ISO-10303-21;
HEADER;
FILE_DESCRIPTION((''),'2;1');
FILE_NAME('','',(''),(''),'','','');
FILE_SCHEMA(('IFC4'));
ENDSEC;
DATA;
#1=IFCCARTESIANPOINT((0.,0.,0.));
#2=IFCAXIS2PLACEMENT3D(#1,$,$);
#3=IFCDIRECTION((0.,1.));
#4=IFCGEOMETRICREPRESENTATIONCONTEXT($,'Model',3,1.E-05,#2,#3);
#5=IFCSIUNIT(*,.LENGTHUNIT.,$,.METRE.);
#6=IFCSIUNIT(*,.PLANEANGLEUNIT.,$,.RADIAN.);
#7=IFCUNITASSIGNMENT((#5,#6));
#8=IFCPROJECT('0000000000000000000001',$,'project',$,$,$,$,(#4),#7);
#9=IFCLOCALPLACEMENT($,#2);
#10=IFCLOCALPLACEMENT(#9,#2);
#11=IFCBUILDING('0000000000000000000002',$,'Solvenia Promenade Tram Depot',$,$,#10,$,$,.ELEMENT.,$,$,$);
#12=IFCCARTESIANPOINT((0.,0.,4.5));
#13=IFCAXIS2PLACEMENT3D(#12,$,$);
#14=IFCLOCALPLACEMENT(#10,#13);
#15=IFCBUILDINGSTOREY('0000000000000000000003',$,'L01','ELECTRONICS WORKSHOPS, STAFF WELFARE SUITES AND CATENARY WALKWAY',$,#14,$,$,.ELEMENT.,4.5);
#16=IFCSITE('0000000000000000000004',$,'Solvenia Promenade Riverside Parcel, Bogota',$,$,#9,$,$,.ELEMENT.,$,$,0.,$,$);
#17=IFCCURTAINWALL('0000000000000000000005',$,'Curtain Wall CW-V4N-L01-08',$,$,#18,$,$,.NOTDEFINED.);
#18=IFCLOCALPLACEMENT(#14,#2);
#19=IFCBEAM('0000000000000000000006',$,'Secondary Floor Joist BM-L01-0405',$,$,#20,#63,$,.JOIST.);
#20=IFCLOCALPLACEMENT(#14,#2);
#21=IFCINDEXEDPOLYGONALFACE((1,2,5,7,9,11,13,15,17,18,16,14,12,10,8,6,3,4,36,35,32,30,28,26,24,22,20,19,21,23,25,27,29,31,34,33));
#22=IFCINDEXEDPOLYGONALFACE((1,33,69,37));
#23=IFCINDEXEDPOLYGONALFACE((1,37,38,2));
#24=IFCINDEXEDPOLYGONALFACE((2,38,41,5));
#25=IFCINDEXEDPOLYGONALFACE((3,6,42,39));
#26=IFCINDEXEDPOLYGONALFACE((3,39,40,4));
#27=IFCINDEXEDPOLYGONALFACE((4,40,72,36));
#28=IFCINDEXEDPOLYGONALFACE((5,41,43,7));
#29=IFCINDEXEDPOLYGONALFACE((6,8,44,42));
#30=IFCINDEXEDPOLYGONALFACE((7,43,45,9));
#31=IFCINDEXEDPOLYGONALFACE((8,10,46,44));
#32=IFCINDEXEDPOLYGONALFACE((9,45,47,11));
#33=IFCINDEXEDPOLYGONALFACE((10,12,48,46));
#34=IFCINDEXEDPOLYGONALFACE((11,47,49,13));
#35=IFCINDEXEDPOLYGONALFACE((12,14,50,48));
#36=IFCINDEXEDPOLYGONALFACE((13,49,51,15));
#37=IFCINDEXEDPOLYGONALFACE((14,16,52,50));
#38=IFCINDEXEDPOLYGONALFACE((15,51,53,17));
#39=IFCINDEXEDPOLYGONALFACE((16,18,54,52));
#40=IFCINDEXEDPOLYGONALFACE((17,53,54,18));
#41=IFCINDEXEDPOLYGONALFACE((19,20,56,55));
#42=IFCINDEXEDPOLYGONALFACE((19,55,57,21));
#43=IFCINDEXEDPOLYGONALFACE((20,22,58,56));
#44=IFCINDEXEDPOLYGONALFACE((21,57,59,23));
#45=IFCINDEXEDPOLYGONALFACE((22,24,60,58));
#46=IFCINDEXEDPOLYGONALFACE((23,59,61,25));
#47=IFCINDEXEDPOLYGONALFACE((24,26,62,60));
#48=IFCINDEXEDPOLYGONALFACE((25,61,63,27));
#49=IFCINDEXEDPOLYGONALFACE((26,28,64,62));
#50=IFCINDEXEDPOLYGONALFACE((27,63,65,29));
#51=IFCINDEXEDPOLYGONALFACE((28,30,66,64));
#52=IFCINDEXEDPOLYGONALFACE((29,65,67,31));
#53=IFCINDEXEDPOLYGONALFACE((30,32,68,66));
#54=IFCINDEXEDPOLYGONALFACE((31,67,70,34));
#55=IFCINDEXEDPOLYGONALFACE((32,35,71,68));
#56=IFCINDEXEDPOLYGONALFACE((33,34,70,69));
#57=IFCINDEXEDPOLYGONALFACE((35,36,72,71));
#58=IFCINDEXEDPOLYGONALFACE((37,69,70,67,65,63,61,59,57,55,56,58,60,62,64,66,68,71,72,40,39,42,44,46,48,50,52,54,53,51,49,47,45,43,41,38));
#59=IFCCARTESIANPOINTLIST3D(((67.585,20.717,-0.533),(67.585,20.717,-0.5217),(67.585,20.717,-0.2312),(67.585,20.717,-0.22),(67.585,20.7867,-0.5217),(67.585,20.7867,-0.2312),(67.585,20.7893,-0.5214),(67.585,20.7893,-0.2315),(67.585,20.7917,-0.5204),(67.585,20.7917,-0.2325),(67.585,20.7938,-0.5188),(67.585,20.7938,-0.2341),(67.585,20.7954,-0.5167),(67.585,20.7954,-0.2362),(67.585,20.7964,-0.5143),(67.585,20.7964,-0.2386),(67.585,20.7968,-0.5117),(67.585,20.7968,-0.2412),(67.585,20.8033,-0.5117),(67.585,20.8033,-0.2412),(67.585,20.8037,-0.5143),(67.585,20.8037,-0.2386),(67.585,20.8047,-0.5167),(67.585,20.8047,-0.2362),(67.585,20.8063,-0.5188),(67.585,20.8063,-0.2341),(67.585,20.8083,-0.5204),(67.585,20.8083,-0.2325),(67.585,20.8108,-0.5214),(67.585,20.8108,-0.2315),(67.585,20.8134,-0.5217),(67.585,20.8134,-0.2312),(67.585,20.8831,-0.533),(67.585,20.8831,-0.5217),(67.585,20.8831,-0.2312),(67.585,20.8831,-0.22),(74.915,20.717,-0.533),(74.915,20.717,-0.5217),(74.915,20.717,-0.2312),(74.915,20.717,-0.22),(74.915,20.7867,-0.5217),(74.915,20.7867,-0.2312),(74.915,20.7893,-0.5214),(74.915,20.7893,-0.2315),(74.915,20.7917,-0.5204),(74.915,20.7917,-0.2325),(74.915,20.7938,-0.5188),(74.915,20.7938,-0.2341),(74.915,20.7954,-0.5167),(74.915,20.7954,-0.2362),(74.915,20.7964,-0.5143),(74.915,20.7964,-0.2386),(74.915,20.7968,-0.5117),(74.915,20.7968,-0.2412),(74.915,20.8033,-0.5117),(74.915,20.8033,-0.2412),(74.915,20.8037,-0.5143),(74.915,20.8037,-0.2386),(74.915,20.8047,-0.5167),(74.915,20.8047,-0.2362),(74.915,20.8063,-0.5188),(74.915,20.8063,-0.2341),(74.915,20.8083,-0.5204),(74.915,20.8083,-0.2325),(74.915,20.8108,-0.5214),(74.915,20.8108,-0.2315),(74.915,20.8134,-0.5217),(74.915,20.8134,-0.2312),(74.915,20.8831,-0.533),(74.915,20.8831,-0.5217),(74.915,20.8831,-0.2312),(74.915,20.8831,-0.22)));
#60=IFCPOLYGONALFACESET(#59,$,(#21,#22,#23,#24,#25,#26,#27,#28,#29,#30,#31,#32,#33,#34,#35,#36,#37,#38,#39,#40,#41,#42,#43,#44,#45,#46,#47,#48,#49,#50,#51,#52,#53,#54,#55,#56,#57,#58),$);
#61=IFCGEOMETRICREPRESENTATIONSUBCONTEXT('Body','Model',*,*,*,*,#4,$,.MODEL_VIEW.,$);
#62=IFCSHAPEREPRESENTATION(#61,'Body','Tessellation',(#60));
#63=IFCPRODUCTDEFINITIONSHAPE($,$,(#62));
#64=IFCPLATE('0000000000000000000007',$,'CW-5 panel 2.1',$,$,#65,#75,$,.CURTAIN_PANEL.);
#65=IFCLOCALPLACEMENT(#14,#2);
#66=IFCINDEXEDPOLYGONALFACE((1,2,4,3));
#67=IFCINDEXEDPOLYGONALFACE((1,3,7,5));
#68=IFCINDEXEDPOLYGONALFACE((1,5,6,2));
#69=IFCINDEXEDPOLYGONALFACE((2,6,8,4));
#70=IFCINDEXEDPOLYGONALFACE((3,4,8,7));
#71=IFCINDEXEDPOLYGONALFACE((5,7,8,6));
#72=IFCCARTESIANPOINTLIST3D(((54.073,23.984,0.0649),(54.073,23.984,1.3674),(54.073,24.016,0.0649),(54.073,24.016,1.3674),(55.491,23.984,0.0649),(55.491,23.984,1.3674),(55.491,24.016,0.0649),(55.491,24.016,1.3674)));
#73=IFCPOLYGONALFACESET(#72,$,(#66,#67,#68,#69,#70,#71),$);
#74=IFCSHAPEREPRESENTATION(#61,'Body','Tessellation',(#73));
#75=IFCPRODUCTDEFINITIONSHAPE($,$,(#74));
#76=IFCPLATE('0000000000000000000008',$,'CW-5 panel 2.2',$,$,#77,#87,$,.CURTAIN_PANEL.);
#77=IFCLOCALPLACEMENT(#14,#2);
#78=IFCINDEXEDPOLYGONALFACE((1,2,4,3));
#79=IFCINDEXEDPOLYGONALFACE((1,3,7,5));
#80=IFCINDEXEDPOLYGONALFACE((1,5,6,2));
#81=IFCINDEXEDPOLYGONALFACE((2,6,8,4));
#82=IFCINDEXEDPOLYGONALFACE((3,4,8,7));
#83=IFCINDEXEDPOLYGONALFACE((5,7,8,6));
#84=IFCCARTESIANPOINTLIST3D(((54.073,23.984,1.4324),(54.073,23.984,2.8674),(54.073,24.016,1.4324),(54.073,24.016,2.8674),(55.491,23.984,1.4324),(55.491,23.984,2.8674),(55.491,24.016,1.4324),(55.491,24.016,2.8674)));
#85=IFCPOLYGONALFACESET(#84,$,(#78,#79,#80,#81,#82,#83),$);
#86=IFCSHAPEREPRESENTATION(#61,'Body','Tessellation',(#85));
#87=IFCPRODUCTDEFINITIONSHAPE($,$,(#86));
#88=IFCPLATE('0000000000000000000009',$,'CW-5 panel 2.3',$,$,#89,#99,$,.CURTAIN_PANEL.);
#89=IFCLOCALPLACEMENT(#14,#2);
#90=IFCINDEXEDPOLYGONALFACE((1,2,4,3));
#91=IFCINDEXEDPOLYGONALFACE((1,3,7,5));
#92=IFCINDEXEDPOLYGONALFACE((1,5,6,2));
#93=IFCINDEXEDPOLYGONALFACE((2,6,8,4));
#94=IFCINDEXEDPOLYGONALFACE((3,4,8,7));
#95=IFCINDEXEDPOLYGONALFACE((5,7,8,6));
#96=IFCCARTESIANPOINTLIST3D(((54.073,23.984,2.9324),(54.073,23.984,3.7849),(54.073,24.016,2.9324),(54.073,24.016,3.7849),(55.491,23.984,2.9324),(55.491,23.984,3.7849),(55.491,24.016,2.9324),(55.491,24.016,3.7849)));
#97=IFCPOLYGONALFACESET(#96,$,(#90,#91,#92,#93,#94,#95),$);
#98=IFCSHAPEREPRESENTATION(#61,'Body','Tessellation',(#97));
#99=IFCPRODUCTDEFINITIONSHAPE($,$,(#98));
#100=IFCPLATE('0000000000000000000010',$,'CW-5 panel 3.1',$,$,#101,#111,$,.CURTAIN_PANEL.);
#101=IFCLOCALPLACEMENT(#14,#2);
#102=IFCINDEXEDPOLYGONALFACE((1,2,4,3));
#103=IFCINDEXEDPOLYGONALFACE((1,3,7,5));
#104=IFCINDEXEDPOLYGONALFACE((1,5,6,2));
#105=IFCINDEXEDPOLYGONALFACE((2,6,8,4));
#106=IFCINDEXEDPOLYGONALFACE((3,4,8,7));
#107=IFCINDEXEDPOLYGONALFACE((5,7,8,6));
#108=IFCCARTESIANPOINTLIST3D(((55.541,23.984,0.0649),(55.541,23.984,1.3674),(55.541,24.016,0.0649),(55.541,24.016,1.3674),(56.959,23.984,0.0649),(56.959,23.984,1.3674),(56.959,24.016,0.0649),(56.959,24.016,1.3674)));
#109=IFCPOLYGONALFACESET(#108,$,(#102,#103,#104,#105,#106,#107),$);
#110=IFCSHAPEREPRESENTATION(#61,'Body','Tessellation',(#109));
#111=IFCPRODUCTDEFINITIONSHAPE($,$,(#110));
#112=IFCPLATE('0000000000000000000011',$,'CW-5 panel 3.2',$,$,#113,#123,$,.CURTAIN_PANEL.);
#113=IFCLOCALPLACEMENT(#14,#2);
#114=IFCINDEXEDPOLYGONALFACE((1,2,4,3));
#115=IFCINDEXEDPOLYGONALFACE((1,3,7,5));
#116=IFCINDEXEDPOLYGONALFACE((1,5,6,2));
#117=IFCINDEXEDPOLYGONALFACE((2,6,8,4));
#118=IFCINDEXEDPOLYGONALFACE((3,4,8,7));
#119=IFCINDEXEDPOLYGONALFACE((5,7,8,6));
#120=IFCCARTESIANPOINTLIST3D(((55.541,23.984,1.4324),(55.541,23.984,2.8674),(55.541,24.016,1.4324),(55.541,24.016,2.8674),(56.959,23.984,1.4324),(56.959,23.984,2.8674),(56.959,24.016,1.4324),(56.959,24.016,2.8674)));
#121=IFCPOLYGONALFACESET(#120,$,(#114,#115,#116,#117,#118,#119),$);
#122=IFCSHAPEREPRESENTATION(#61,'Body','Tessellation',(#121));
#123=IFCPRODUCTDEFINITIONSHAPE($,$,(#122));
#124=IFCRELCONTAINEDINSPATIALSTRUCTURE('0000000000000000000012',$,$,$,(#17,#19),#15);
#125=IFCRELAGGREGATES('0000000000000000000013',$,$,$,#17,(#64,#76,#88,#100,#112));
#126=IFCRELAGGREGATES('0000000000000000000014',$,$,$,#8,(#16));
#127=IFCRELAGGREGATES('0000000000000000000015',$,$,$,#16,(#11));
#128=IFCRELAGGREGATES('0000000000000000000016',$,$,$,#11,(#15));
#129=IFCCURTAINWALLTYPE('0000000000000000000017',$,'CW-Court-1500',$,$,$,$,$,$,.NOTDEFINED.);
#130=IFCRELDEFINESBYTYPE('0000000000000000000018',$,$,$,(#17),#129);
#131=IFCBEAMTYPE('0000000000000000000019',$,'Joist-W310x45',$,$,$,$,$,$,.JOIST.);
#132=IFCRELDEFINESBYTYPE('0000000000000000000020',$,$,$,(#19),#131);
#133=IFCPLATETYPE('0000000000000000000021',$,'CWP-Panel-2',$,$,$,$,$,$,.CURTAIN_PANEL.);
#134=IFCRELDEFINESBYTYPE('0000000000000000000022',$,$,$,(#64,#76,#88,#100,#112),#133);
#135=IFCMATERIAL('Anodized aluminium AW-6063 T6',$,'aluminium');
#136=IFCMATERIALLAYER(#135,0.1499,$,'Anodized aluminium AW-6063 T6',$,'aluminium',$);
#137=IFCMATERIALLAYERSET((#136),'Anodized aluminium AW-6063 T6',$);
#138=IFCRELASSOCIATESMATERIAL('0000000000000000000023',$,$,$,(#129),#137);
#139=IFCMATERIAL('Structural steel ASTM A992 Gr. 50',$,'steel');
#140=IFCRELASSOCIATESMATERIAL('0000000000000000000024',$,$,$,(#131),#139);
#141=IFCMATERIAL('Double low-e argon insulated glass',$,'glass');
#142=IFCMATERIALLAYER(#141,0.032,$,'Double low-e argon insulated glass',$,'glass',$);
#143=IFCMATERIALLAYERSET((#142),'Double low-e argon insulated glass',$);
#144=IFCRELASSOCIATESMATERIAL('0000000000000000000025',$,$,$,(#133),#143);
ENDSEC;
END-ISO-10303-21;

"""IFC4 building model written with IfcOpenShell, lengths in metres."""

from ifc_helpers import new_model, si_unit, direction, frame, origin, origin_2d, place, context, subcontext, project, spatial, rectangle, i_section, extrude, material, layer, layer_set, material_profile, profile_set, type_object, element, aggregate, save


model = new_model("IFC4")

# Units and contexts
model_context = context("Model", 3, precision=1e-05, world=origin(), true_north=direction((0.0, 1.0)))
body_context = subcontext(model_context, "Body", "Model", "MODEL_VIEW")
ifc_project = project(units=[si_unit("LENGTHUNIT", "METRE"), si_unit("PLANEANGLEUNIT", "RADIAN")], contexts=[model_context])

# Site, building, storey
site_placement = place(None, origin())
site = spatial("IfcSite", under=ifc_project, at=site_placement, Name="Solvenia Promenade Riverside Parcel, Bogota", CompositionType="ELEMENT", RefElevation=0.0)
building_placement = place(site_placement, origin())
building = spatial("IfcBuilding", under=site, at=building_placement, Name="Solvenia Promenade Tram Depot", CompositionType="ELEMENT")
storey_placement = place(building_placement, frame((0.0, 0.0, 4.5)))
storey = spatial("IfcBuildingStorey", under=building, at=storey_placement, Name="L01", Description="ELECTRONICS WORKSHOPS, STAFF WELFARE SUITES AND CATENARY WALKWAY", CompositionType="ELEMENT", Elevation=4.5)

# Shared definitions
ifc_material_1 = material(Name="Structural steel ASTM A992 Gr. 50", Category="steel")

# Curtain wall
ifc_material_2 = material(Name="Anodized aluminium AW-6063 T6", Category="aluminium")
ifc_layer_1 = layer(ifc_material_2, 0.1499, Name="Anodized aluminium AW-6063 T6", Category="aluminium")
ifc_layer_set_1 = layer_set([ifc_layer_1], Name="Anodized aluminium AW-6063 T6")
curtain_wall_type = type_object("IfcCurtainWallType", Name="CW-Court-1500", PredefinedType="NOTDEFINED", material=ifc_layer_set_1)
curtain_wall_placement = place(storey_placement, origin())
curtain_wall = element("IfcCurtainWall", 1, at=curtain_wall_placement, inside=storey, type_object=curtain_wall_type, Name="Curtain Wall CW-V4N-L01-08", PredefinedType="NOTDEFINED")

# Beam
ifc_material_profile_1 = material_profile(ifc_material_1, i_section(OverallWidth=0.166, OverallDepth=0.313, WebThickness=0.0066, FlangeThickness=0.0112, FilletRadius=0.01, at=origin_2d()), Name="W310x45", Category="steel")
ifc_profile_set_1 = profile_set([ifc_material_profile_1], Name="Structural steel ASTM A992 Gr. 50")
beam_type_1 = type_object("IfcBeamType", Name="Joist-W310x45", PredefinedType="JOIST", material=ifc_profile_set_1)
for number, where, z_axis, x_axis, name in (
    (2, (67.585, 20.8, -0.3765), (1.0, 0.0, 0.0), (0.0, 1.0, 0.0), "Secondary Floor Joist BM-L01-0405"),
):
    element("IfcBeam", number, at=place(storey_placement, frame(where, z_axis=z_axis, x_axis=x_axis)), inside=storey, type_object=beam_type_1, Name=name, PredefinedType="JOIST", context=body_context, shape_type="SweptSolid", body=[
        extrude(i_section(OverallWidth=0.166, OverallDepth=0.313, WebThickness=0.0066, FlangeThickness=0.0112, FilletRadius=0.01, at=origin_2d()), origin(), (0.0, 0.0, 1.0), 7.3301),
    ])

# Plates
ifc_material_3 = material(Name="Double low-e argon insulated glass", Category="glass")
ifc_layer_2 = layer(ifc_material_3, 0.032, Name="Double low-e argon insulated glass", Category="glass")
ifc_layer_set_2 = layer_set([ifc_layer_2], Name="Double low-e argon insulated glass")
plate_type = type_object("IfcPlateType", Name="CWP-Panel-2", PredefinedType="CURTAIN_PANEL", material=ifc_layer_set_2)
plate_1_placement = place(storey_placement, frame((54.782, 24.0, 0.0649), z_axis=(0.0, 0.0, 1.0), x_axis=(1.0, 0.0, 0.0)))
plate_1 = element("IfcPlate", 3, at=plate_1_placement, type_object=plate_type, Name="CW-5 panel 2.1", PredefinedType="CURTAIN_PANEL", context=body_context, shape_type="SweptSolid", body=[
    extrude(rectangle(XDim=1.418, YDim=0.032, at=origin_2d()), origin(), (0.0, 0.0, 1.0), 1.3025),
])
plate_2_placement = place(storey_placement, frame((54.782, 24.0, 1.4324), z_axis=(0.0, 0.0, 1.0), x_axis=(1.0, 0.0, 0.0)))
plate_2 = element("IfcPlate", 4, at=plate_2_placement, type_object=plate_type, Name="CW-5 panel 2.2", PredefinedType="CURTAIN_PANEL", context=body_context, shape_type="SweptSolid", body=[
    extrude(rectangle(XDim=1.418, YDim=0.032, at=origin_2d()), origin(), (0.0, 0.0, 1.0), 1.4351),
])
plate_3_placement = place(storey_placement, frame((54.782, 24.0, 2.9324), z_axis=(0.0, 0.0, 1.0), x_axis=(1.0, 0.0, 0.0)))
plate_3 = element("IfcPlate", 5, at=plate_3_placement, type_object=plate_type, Name="CW-5 panel 2.3", PredefinedType="CURTAIN_PANEL", context=body_context, shape_type="SweptSolid", body=[
    extrude(rectangle(XDim=1.418, YDim=0.032, at=origin_2d()), origin(), (0.0, 0.0, 1.0), 0.8525),
])
plate_4_placement = place(storey_placement, frame((56.25, 24.0, 0.0649), z_axis=(0.0, 0.0, 1.0), x_axis=(1.0, 0.0, 0.0)))
plate_4 = element("IfcPlate", 6, at=plate_4_placement, type_object=plate_type, Name="CW-5 panel 3.1", PredefinedType="CURTAIN_PANEL", context=body_context, shape_type="SweptSolid", body=[
    extrude(rectangle(XDim=1.418, YDim=0.032, at=origin_2d()), origin(), (0.0, 0.0, 1.0), 1.3025),
])
plate_5_placement = place(storey_placement, frame((56.25, 24.0, 1.4324), z_axis=(0.0, 0.0, 1.0), x_axis=(1.0, 0.0, 0.0)))
plate_5 = element("IfcPlate", 7, at=plate_5_placement, type_object=plate_type, Name="CW-5 panel 3.2", PredefinedType="CURTAIN_PANEL", context=body_context, shape_type="SweptSolid", body=[
    extrude(rectangle(XDim=1.418, YDim=0.032, at=origin_2d()), origin(), (0.0, 0.0, 1.0), 1.4351),
])
aggregate(curtain_wall, [plate_1, plate_2, plate_3, plate_4, plate_5])

save(model, "model.ifc")
